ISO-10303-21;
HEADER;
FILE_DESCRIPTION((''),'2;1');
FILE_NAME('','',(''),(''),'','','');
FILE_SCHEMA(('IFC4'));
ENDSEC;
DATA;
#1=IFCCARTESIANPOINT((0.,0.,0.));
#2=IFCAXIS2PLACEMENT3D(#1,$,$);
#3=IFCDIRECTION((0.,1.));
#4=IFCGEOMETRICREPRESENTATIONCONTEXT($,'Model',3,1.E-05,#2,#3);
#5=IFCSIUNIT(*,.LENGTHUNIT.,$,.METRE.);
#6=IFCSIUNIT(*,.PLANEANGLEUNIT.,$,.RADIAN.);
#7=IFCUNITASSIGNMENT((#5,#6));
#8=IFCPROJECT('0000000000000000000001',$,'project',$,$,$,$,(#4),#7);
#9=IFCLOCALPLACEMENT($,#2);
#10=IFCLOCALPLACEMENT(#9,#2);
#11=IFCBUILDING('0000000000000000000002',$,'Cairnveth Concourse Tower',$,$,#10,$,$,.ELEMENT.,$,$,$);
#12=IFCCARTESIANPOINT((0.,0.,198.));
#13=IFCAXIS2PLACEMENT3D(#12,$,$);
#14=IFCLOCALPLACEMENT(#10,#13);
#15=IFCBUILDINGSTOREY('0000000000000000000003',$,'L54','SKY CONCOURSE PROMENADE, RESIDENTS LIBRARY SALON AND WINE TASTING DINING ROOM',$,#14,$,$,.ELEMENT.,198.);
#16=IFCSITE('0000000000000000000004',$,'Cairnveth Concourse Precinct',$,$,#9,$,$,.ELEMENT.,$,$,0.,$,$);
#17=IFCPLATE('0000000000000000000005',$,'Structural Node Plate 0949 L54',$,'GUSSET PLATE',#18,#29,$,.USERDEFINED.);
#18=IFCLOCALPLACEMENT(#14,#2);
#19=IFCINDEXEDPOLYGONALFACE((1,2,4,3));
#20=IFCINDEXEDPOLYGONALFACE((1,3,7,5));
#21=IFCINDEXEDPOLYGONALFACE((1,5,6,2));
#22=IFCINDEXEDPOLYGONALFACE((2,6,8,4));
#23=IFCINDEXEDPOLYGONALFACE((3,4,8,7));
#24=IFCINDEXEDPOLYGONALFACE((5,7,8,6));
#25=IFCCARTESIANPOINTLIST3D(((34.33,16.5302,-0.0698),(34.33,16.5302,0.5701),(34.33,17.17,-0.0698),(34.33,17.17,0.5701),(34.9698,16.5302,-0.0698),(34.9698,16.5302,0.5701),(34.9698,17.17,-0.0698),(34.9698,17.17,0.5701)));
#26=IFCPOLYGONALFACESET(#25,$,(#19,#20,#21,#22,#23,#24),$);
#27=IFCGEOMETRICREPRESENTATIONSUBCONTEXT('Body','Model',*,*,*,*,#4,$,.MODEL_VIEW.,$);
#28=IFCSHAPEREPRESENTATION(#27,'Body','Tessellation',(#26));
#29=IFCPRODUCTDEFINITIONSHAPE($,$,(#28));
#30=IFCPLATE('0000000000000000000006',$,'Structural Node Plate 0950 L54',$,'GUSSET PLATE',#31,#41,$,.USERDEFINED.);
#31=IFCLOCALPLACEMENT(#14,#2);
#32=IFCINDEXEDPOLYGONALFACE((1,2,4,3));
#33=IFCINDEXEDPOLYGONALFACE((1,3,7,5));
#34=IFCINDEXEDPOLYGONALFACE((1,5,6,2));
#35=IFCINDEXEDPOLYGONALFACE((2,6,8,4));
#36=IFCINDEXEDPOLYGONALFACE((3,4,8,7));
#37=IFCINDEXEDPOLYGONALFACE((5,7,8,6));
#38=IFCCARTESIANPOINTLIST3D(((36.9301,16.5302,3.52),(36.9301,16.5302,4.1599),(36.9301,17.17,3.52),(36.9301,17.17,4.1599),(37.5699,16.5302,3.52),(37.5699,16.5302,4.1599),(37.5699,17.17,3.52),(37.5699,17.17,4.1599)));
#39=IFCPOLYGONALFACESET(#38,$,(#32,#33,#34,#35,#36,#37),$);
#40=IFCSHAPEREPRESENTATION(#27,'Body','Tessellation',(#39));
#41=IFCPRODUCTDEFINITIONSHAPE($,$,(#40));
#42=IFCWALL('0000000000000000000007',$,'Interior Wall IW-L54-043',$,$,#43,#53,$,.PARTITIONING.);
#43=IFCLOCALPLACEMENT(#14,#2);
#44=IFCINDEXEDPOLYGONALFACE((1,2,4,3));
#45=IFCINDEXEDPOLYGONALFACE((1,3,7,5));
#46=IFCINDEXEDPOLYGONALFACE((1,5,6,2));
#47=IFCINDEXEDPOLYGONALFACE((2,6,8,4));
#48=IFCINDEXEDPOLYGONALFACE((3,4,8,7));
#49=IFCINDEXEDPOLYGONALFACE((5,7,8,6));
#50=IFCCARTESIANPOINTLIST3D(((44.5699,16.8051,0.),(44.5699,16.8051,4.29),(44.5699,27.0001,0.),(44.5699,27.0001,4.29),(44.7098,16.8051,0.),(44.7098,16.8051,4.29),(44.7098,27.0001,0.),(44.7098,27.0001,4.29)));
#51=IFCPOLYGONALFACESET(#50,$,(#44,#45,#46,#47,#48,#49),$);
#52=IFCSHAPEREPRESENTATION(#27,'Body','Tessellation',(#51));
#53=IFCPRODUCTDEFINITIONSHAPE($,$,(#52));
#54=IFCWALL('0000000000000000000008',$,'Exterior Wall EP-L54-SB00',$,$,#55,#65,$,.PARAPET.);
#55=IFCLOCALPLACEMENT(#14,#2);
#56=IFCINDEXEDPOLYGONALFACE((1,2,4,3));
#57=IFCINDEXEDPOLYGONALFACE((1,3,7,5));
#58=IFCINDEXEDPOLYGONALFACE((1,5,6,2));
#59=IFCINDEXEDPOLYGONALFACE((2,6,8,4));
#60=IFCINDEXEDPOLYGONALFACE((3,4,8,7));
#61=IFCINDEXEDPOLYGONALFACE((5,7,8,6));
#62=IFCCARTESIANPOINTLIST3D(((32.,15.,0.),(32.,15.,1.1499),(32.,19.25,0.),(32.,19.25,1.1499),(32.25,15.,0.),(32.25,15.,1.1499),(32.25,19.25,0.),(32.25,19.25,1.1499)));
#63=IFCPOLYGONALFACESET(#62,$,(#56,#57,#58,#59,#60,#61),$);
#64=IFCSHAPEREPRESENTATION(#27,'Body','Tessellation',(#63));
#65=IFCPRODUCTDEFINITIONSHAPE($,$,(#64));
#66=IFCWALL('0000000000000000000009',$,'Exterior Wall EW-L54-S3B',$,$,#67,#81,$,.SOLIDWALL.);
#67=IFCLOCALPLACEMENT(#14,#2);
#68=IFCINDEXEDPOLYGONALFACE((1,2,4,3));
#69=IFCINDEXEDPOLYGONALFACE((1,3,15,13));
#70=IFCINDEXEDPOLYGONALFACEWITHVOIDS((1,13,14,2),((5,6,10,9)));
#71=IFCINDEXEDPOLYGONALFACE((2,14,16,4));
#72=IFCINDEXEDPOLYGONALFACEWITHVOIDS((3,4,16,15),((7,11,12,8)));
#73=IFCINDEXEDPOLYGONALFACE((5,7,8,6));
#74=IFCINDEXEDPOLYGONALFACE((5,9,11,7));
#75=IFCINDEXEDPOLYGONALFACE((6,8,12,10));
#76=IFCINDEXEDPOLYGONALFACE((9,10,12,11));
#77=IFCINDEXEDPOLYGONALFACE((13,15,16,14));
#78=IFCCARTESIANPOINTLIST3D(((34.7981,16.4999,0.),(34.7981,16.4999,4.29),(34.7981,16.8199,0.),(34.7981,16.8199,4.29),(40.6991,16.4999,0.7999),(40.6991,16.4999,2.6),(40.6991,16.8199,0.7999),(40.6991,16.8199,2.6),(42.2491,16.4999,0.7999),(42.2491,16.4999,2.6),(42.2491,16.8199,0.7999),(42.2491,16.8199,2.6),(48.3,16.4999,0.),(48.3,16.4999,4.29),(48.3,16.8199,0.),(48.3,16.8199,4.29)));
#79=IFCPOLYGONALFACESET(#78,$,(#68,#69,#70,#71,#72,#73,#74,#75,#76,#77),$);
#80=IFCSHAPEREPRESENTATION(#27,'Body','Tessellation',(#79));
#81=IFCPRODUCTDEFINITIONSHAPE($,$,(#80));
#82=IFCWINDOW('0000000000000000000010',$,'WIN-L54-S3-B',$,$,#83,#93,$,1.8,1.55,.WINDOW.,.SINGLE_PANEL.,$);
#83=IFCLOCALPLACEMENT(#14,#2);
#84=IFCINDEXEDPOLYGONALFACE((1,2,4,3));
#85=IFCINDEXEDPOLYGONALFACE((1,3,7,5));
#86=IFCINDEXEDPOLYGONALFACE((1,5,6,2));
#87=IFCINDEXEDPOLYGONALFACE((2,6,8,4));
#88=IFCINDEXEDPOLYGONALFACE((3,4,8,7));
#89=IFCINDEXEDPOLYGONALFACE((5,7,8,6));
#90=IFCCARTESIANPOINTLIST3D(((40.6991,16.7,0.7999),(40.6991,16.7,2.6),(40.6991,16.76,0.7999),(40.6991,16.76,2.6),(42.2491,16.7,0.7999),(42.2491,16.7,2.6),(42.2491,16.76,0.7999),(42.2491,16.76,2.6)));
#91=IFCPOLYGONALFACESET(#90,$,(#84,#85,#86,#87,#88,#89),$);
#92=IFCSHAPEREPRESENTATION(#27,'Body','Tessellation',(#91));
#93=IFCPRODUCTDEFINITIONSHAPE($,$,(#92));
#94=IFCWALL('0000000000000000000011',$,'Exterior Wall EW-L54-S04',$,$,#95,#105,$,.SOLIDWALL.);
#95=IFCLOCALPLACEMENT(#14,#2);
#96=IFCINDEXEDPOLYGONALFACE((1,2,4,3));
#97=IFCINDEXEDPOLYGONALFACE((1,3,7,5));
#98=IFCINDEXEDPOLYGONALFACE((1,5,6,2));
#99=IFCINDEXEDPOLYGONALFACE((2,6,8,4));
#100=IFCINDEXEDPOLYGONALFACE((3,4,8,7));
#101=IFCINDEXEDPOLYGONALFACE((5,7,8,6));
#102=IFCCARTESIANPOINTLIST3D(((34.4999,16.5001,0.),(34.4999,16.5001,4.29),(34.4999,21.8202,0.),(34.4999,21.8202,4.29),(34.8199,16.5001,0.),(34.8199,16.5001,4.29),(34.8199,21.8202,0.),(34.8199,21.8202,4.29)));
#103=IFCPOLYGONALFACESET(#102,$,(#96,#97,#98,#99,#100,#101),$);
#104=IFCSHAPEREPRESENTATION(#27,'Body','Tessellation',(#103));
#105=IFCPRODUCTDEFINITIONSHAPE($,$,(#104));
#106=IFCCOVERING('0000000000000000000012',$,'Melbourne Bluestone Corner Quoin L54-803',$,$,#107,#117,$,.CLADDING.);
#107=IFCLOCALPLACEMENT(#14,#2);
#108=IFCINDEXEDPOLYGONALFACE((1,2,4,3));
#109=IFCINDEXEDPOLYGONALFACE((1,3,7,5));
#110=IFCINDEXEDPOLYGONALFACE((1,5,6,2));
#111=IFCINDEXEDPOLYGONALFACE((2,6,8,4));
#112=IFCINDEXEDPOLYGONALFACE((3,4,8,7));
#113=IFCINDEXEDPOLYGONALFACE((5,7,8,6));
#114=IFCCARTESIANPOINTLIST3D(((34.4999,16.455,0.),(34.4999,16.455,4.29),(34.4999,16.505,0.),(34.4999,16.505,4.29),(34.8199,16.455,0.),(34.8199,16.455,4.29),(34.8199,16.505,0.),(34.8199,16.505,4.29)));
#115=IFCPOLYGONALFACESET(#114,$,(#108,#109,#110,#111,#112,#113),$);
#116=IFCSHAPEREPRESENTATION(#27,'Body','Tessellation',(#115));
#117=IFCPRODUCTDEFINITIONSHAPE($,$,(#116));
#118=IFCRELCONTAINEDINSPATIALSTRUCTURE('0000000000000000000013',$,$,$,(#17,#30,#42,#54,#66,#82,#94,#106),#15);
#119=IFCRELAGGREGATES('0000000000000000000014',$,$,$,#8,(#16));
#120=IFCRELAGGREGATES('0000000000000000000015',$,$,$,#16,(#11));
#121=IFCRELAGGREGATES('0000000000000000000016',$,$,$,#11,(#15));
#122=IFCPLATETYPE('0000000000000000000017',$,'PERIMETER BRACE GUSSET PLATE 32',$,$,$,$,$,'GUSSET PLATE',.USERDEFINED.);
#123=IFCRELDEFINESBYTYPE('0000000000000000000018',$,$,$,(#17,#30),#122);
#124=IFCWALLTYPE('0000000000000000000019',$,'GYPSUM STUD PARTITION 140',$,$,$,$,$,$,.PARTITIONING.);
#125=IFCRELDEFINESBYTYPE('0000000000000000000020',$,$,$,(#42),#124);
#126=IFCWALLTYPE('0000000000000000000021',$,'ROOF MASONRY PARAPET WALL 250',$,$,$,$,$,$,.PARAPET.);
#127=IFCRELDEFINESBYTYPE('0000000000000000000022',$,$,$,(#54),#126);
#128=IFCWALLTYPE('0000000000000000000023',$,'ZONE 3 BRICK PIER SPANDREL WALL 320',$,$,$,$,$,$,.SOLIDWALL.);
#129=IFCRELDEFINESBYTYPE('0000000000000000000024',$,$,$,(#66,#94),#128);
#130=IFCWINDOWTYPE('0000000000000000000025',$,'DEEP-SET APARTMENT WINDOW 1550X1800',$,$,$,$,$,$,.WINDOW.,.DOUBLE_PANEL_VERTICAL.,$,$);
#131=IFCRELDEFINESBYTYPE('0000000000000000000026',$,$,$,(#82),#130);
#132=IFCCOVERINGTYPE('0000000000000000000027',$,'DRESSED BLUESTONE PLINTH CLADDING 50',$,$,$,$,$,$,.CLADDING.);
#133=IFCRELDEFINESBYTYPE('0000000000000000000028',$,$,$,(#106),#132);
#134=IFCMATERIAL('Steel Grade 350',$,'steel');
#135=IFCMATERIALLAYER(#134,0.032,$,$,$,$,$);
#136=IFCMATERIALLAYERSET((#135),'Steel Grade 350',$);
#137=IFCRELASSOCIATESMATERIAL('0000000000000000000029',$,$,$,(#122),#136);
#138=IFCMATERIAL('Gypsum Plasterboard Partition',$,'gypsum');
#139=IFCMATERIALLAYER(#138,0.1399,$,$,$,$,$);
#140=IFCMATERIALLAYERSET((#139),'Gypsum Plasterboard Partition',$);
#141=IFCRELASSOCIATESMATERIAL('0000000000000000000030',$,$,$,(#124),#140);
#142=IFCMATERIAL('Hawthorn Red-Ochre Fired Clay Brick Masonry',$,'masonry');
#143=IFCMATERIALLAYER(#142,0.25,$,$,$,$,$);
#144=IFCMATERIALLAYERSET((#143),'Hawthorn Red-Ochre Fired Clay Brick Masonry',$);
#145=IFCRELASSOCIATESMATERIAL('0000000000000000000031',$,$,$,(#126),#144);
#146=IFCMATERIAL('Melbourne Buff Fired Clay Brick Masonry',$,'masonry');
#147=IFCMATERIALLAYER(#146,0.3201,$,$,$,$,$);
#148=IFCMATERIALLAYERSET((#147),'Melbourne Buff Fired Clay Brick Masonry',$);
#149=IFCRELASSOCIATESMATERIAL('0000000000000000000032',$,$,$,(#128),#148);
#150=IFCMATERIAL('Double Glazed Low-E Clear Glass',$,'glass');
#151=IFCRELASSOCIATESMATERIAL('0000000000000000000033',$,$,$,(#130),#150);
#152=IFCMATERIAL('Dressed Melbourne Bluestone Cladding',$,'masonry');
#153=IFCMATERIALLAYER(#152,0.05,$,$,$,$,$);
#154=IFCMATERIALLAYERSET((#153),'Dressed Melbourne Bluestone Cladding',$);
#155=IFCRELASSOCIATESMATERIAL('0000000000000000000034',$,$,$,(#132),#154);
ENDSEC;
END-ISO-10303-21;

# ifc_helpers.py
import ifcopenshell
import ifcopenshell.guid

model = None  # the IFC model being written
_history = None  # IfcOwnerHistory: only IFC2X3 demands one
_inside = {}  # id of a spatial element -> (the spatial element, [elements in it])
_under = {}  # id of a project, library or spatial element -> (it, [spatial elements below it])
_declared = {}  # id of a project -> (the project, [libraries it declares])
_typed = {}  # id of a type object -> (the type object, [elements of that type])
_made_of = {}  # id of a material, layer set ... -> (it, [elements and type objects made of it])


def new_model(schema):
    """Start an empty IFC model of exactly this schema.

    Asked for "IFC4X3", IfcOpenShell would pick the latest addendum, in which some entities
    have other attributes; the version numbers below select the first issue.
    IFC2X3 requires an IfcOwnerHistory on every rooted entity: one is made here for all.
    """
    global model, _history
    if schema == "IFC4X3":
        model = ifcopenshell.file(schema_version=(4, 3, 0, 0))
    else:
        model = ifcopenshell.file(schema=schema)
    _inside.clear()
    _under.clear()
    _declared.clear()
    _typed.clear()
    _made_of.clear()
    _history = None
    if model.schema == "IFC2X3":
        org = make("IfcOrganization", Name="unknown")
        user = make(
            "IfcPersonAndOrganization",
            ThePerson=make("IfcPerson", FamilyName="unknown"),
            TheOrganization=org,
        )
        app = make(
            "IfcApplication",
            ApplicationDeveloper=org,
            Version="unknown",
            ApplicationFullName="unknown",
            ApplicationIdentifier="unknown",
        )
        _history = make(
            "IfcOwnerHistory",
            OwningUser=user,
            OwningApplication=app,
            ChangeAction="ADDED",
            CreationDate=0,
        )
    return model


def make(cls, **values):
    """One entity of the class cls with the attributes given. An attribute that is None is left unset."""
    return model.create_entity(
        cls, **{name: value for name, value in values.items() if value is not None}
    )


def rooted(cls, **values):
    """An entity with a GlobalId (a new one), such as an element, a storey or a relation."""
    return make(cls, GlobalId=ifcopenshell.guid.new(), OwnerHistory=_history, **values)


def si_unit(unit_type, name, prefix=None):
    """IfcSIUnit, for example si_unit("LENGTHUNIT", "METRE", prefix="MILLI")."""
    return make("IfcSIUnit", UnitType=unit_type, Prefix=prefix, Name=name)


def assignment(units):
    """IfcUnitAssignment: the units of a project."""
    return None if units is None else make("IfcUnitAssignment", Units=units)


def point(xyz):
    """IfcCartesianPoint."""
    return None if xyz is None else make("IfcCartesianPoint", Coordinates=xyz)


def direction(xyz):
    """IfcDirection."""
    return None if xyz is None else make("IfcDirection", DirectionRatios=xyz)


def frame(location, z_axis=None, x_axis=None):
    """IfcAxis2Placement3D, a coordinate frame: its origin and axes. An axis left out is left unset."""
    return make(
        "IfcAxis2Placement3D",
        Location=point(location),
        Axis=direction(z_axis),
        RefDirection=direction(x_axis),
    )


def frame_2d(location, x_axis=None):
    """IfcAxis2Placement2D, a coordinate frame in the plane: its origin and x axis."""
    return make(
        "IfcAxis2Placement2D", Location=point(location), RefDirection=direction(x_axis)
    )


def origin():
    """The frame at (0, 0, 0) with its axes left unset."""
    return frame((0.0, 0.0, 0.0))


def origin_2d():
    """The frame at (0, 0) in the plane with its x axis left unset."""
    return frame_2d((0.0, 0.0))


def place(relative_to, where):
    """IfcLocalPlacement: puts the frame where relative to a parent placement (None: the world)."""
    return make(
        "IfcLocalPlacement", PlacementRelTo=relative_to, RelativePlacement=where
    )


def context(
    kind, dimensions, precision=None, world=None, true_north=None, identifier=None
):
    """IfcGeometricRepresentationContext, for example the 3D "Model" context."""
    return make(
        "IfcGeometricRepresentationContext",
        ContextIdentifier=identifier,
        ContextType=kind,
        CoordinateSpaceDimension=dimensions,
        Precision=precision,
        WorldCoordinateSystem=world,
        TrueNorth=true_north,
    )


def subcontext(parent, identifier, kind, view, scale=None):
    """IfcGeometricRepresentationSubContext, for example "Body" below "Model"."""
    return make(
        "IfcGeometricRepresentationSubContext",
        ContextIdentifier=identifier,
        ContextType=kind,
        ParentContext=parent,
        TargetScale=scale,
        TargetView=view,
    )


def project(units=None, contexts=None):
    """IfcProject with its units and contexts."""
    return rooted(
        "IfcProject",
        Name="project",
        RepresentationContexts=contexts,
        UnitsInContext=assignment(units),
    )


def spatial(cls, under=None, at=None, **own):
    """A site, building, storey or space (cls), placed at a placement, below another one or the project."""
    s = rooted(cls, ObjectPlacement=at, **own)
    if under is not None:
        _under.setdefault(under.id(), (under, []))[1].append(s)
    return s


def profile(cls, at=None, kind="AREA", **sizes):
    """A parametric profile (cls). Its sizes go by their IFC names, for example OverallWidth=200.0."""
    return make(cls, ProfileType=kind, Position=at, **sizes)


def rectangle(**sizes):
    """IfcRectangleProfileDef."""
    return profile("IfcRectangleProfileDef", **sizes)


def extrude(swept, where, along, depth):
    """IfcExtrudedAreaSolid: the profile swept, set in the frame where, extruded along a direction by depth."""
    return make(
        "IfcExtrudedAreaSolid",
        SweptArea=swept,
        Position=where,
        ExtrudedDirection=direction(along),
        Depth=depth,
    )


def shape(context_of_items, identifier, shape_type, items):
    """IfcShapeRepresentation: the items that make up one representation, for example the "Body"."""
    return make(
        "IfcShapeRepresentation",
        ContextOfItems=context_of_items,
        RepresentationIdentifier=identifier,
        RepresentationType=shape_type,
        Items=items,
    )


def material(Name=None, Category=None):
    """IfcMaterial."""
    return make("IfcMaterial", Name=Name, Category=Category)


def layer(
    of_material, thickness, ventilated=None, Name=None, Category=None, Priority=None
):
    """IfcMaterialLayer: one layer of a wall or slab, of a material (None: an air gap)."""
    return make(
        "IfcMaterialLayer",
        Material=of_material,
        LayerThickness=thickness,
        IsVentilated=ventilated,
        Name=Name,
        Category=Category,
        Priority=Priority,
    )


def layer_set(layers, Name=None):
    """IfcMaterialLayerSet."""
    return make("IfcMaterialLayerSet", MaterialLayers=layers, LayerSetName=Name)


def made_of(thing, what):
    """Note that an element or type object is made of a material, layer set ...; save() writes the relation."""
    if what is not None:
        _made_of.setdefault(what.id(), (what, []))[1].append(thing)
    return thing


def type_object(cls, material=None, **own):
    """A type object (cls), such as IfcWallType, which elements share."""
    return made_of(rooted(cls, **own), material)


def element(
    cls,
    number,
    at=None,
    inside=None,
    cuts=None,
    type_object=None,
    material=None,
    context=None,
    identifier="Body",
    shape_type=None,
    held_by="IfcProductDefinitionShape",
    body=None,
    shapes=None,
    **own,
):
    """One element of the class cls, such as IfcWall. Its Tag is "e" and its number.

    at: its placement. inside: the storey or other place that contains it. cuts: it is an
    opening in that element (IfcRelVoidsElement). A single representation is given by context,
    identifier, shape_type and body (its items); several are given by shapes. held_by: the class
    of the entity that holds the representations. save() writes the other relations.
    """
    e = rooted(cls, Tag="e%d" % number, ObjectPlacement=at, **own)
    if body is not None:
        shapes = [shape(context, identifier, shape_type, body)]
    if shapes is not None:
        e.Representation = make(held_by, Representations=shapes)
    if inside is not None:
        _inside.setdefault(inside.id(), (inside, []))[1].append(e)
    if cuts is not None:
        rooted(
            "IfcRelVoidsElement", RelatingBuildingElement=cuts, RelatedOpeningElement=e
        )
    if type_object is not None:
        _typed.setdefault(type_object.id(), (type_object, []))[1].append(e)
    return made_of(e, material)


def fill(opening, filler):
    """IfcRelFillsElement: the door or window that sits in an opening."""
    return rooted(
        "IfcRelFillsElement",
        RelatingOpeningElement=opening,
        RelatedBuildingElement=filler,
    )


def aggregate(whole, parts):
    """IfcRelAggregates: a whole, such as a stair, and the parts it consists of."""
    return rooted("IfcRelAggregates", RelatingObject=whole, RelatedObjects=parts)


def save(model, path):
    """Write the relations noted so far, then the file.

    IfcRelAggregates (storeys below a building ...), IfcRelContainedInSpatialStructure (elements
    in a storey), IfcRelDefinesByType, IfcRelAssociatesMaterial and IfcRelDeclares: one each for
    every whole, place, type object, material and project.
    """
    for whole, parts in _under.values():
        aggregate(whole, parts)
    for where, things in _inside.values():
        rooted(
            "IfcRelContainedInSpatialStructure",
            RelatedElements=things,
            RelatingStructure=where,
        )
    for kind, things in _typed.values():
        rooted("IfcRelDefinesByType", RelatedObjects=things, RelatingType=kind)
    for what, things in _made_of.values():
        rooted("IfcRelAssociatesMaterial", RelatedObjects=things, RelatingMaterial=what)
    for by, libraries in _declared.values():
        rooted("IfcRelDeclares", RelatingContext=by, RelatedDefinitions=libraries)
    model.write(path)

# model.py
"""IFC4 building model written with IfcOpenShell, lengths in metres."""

from ifc_helpers import new_model, si_unit, direction, frame, frame_2d, origin, origin_2d, place, context, subcontext, project, spatial, rectangle, extrude, material, layer, layer_set, type_object, element, fill, save


model = new_model("IFC4")

# Units and contexts
model_context = context("Model", 3, precision=1e-05, world=origin(), true_north=direction((0.0, 1.0)))
body_context = subcontext(model_context, "Body", "Model", "MODEL_VIEW")
ifc_project = project(units=[si_unit("LENGTHUNIT", "METRE"), si_unit("PLANEANGLEUNIT", "RADIAN")], contexts=[model_context])

# Site, building, storey
site_placement = place(None, origin())
site = spatial("IfcSite", under=ifc_project, at=site_placement, Name="Cairnveth Concourse Precinct", CompositionType="ELEMENT", RefElevation=0.0)
building_placement = place(site_placement, origin())
building = spatial("IfcBuilding", under=site, at=building_placement, Name="Cairnveth Concourse Tower", CompositionType="ELEMENT")
storey_placement = place(building_placement, frame((0.0, 0.0, 198.0)))
storey = spatial("IfcBuildingStorey", under=building, at=storey_placement, Name="L54", Description="SKY CONCOURSE PROMENADE, RESIDENTS LIBRARY SALON AND WINE TASTING DINING ROOM", CompositionType="ELEMENT", Elevation=198.0)

# Shared definitions
ifc_material_1 = material(Name="Steel Grade 350", Category="steel")

# Shared definitions
ifc_material_2 = material(Name="Double Glazed Low-E Clear Glass", Category="glass")

# Plates
ifc_layer_1 = layer(ifc_material_1, 0.032)
ifc_layer_set_1 = layer_set([ifc_layer_1], Name="Steel Grade 350")
plate_type_1 = type_object("IfcPlateType", Name="PERIMETER BRACE GUSSET PLATE 32", ElementType="GUSSET PLATE", PredefinedType="USERDEFINED", material=ifc_layer_set_1)
for number, where, z_axis, x_axis, name in (
    (1, (34.6499, 16.8501, -0.0698), (0.0, 0.0, 1.0), (1.0, 0.0, 0.0), "Structural Node Plate 0949 L54"),
    (2, (37.25, 16.8501, 3.52), (0.0, 0.0, 1.0), (1.0, 0.0, 0.0), "Structural Node Plate 0950 L54"),
):
    element("IfcPlate", number, at=place(storey_placement, frame(where, z_axis=z_axis, x_axis=x_axis)), inside=storey, type_object=plate_type_1, Name=name, ObjectType="GUSSET PLATE", PredefinedType="USERDEFINED", context=body_context, shape_type="SweptSolid", body=[
        extrude(rectangle(XDim=0.6399, YDim=0.6399, at=origin_2d()), origin(), (0.0, 0.0, 1.0), 0.6399),
    ])

# Walls
ifc_material_3 = material(Name="Gypsum Plasterboard Partition", Category="gypsum")
ifc_layer_2 = layer(ifc_material_3, 0.1399)
ifc_layer_set_2 = layer_set([ifc_layer_2], Name="Gypsum Plasterboard Partition")
wall_type_1 = type_object("IfcWallType", Name="GYPSUM STUD PARTITION 140", PredefinedType="PARTITIONING", material=ifc_layer_set_2)
wall_1_placement = place(storey_placement, frame((44.6399, 16.8049, 0.0), z_axis=(0.0, 0.0, 1.0), x_axis=(0.0, 1.0, 0.0)))
element("IfcWall", 3, at=wall_1_placement, inside=storey, type_object=wall_type_1, Name="Interior Wall IW-L54-043", PredefinedType="PARTITIONING", context=body_context, shape_type="SweptSolid", body=[
    extrude(rectangle(XDim=10.1951, YDim=0.1399, at=frame_2d((5.0977, 0.0))), origin(), (0.0, 0.0, 1.0), 4.29),
])
ifc_material_4 = material(Name="Hawthorn Red-Ochre Fired Clay Brick Masonry", Category="masonry")
ifc_layer_3 = layer(ifc_material_4, 0.25)
ifc_layer_set_3 = layer_set([ifc_layer_3], Name="Hawthorn Red-Ochre Fired Clay Brick Masonry")
wall_type_2 = type_object("IfcWallType", Name="ROOF MASONRY PARAPET WALL 250", PredefinedType="PARAPET", material=ifc_layer_set_3)
wall_2_placement = place(storey_placement, frame((32.125, 15.0, 0.0), z_axis=(0.0, 0.0, 1.0), x_axis=(0.0, 1.0, 0.0)))
element("IfcWall", 4, at=wall_2_placement, inside=storey, type_object=wall_type_2, Name="Exterior Wall EP-L54-SB00", PredefinedType="PARAPET", context=body_context, shape_type="SweptSolid", body=[
    extrude(rectangle(XDim=4.25, YDim=0.25, at=frame_2d((2.125, 0.0))), origin(), (0.0, 0.0, 1.0), 1.1499),
])

# Wall, opening, window
ifc_material_5 = material(Name="Melbourne Buff Fired Clay Brick Masonry", Category="masonry")
ifc_layer_4 = layer(ifc_material_5, 0.3201)
ifc_layer_set_4 = layer_set([ifc_layer_4], Name="Melbourne Buff Fired Clay Brick Masonry")
wall_type_3 = type_object("IfcWallType", Name="ZONE 3 BRICK PIER SPANDREL WALL 320", PredefinedType="SOLIDWALL", material=ifc_layer_set_4)
wall_3_placement = place(storey_placement, frame((48.3, 16.6599, 0.0), z_axis=(0.0, 0.0, 1.0), x_axis=(-1.0, 0.0, 0.0)))
wall_3 = element("IfcWall", 5, at=wall_3_placement, inside=storey, type_object=wall_type_3, Name="Exterior Wall EW-L54-S3B", PredefinedType="SOLIDWALL", context=body_context, shape_type="SweptSolid", body=[
    extrude(rectangle(XDim=13.502, YDim=0.3201, at=frame_2d((6.751, 0.0))), origin(), (0.0, 0.0, 1.0), 4.29),
])
opening_placement = place(wall_3_placement, frame((6.051, 0.0, 0.8)))
opening = element("IfcOpeningElement", 6, at=opening_placement, cuts=wall_3, PredefinedType="OPENING", context=body_context, shape_type="SweptSolid", body=[
    extrude(rectangle(XDim=1.55, YDim=1.8, at=frame_2d((0.7749, 0.8999))), frame((0.0, 0.1699, 0.0), z_axis=(0.0, -1.0, 0.0), x_axis=(1.0, 0.0, 0.0)), (0.0, 0.0, 1.0), 0.3401),
])
window_type = type_object("IfcWindowType", Name="DEEP-SET APARTMENT WINDOW 1550X1800", PartitioningType="DOUBLE_PANEL_VERTICAL", PredefinedType="WINDOW", material=ifc_material_2)
window_placement = place(opening_placement, origin())
window = element("IfcWindow", 7, at=window_placement, inside=storey, type_object=window_type, Name="WIN-L54-S3-B", OverallHeight=1.8, OverallWidth=1.55, PartitioningType="SINGLE_PANEL", PredefinedType="WINDOW", context=body_context, shape_type="SweptSolid", body=[
    extrude(rectangle(XDim=1.55, YDim=1.8, at=frame_2d((0.7749, 0.8999))), frame((0.0, -0.04, 0.0), z_axis=(0.0, -1.0, 0.0), x_axis=(1.0, 0.0, 0.0)), (0.0, 0.0, 1.0), 0.0601),
])
fill(opening, window)

# Wall
wall_4_placement = place(storey_placement, frame((34.6599, 16.5, 0.0), z_axis=(0.0, 0.0, 1.0), x_axis=(0.0, 1.0, 0.0)))
element("IfcWall", 8, at=wall_4_placement, inside=storey, type_object=wall_type_3, Name="Exterior Wall EW-L54-S04", PredefinedType="SOLIDWALL", context=body_context, shape_type="SweptSolid", body=[
    extrude(rectangle(XDim=5.3201, YDim=0.3201, at=frame_2d((2.6602, 0.0))), origin(), (0.0, 0.0, 1.0), 4.29),
])

# Covering
ifc_material_6 = material(Name="Dressed Melbourne Bluestone Cladding", Category="masonry")
ifc_layer_5 = layer(ifc_material_6, 0.05)
ifc_layer_set_5 = layer_set([ifc_layer_5], Name="Dressed Melbourne Bluestone Cladding")
covering_type = type_object("IfcCoveringType", Name="DRESSED BLUESTONE PLINTH CLADDING 50", PredefinedType="CLADDING", material=ifc_layer_set_5)
covering_placement = place(storey_placement, frame((34.8201, 16.48, 0.0), z_axis=(0.0, 0.0, 1.0), x_axis=(-1.0, 0.0, 0.0)))
element("IfcCovering", 9, at=covering_placement, inside=storey, type_object=covering_type, Name="Melbourne Bluestone Corner Quoin L54-803", PredefinedType="CLADDING", context=body_context, shape_type="SweptSolid", body=[
    extrude(rectangle(XDim=0.3201, YDim=0.05, at=frame_2d((0.1602, 0.0))), origin(), (0.0, 0.0, 1.0), 4.29),
])

save(model, "model.ifc")
